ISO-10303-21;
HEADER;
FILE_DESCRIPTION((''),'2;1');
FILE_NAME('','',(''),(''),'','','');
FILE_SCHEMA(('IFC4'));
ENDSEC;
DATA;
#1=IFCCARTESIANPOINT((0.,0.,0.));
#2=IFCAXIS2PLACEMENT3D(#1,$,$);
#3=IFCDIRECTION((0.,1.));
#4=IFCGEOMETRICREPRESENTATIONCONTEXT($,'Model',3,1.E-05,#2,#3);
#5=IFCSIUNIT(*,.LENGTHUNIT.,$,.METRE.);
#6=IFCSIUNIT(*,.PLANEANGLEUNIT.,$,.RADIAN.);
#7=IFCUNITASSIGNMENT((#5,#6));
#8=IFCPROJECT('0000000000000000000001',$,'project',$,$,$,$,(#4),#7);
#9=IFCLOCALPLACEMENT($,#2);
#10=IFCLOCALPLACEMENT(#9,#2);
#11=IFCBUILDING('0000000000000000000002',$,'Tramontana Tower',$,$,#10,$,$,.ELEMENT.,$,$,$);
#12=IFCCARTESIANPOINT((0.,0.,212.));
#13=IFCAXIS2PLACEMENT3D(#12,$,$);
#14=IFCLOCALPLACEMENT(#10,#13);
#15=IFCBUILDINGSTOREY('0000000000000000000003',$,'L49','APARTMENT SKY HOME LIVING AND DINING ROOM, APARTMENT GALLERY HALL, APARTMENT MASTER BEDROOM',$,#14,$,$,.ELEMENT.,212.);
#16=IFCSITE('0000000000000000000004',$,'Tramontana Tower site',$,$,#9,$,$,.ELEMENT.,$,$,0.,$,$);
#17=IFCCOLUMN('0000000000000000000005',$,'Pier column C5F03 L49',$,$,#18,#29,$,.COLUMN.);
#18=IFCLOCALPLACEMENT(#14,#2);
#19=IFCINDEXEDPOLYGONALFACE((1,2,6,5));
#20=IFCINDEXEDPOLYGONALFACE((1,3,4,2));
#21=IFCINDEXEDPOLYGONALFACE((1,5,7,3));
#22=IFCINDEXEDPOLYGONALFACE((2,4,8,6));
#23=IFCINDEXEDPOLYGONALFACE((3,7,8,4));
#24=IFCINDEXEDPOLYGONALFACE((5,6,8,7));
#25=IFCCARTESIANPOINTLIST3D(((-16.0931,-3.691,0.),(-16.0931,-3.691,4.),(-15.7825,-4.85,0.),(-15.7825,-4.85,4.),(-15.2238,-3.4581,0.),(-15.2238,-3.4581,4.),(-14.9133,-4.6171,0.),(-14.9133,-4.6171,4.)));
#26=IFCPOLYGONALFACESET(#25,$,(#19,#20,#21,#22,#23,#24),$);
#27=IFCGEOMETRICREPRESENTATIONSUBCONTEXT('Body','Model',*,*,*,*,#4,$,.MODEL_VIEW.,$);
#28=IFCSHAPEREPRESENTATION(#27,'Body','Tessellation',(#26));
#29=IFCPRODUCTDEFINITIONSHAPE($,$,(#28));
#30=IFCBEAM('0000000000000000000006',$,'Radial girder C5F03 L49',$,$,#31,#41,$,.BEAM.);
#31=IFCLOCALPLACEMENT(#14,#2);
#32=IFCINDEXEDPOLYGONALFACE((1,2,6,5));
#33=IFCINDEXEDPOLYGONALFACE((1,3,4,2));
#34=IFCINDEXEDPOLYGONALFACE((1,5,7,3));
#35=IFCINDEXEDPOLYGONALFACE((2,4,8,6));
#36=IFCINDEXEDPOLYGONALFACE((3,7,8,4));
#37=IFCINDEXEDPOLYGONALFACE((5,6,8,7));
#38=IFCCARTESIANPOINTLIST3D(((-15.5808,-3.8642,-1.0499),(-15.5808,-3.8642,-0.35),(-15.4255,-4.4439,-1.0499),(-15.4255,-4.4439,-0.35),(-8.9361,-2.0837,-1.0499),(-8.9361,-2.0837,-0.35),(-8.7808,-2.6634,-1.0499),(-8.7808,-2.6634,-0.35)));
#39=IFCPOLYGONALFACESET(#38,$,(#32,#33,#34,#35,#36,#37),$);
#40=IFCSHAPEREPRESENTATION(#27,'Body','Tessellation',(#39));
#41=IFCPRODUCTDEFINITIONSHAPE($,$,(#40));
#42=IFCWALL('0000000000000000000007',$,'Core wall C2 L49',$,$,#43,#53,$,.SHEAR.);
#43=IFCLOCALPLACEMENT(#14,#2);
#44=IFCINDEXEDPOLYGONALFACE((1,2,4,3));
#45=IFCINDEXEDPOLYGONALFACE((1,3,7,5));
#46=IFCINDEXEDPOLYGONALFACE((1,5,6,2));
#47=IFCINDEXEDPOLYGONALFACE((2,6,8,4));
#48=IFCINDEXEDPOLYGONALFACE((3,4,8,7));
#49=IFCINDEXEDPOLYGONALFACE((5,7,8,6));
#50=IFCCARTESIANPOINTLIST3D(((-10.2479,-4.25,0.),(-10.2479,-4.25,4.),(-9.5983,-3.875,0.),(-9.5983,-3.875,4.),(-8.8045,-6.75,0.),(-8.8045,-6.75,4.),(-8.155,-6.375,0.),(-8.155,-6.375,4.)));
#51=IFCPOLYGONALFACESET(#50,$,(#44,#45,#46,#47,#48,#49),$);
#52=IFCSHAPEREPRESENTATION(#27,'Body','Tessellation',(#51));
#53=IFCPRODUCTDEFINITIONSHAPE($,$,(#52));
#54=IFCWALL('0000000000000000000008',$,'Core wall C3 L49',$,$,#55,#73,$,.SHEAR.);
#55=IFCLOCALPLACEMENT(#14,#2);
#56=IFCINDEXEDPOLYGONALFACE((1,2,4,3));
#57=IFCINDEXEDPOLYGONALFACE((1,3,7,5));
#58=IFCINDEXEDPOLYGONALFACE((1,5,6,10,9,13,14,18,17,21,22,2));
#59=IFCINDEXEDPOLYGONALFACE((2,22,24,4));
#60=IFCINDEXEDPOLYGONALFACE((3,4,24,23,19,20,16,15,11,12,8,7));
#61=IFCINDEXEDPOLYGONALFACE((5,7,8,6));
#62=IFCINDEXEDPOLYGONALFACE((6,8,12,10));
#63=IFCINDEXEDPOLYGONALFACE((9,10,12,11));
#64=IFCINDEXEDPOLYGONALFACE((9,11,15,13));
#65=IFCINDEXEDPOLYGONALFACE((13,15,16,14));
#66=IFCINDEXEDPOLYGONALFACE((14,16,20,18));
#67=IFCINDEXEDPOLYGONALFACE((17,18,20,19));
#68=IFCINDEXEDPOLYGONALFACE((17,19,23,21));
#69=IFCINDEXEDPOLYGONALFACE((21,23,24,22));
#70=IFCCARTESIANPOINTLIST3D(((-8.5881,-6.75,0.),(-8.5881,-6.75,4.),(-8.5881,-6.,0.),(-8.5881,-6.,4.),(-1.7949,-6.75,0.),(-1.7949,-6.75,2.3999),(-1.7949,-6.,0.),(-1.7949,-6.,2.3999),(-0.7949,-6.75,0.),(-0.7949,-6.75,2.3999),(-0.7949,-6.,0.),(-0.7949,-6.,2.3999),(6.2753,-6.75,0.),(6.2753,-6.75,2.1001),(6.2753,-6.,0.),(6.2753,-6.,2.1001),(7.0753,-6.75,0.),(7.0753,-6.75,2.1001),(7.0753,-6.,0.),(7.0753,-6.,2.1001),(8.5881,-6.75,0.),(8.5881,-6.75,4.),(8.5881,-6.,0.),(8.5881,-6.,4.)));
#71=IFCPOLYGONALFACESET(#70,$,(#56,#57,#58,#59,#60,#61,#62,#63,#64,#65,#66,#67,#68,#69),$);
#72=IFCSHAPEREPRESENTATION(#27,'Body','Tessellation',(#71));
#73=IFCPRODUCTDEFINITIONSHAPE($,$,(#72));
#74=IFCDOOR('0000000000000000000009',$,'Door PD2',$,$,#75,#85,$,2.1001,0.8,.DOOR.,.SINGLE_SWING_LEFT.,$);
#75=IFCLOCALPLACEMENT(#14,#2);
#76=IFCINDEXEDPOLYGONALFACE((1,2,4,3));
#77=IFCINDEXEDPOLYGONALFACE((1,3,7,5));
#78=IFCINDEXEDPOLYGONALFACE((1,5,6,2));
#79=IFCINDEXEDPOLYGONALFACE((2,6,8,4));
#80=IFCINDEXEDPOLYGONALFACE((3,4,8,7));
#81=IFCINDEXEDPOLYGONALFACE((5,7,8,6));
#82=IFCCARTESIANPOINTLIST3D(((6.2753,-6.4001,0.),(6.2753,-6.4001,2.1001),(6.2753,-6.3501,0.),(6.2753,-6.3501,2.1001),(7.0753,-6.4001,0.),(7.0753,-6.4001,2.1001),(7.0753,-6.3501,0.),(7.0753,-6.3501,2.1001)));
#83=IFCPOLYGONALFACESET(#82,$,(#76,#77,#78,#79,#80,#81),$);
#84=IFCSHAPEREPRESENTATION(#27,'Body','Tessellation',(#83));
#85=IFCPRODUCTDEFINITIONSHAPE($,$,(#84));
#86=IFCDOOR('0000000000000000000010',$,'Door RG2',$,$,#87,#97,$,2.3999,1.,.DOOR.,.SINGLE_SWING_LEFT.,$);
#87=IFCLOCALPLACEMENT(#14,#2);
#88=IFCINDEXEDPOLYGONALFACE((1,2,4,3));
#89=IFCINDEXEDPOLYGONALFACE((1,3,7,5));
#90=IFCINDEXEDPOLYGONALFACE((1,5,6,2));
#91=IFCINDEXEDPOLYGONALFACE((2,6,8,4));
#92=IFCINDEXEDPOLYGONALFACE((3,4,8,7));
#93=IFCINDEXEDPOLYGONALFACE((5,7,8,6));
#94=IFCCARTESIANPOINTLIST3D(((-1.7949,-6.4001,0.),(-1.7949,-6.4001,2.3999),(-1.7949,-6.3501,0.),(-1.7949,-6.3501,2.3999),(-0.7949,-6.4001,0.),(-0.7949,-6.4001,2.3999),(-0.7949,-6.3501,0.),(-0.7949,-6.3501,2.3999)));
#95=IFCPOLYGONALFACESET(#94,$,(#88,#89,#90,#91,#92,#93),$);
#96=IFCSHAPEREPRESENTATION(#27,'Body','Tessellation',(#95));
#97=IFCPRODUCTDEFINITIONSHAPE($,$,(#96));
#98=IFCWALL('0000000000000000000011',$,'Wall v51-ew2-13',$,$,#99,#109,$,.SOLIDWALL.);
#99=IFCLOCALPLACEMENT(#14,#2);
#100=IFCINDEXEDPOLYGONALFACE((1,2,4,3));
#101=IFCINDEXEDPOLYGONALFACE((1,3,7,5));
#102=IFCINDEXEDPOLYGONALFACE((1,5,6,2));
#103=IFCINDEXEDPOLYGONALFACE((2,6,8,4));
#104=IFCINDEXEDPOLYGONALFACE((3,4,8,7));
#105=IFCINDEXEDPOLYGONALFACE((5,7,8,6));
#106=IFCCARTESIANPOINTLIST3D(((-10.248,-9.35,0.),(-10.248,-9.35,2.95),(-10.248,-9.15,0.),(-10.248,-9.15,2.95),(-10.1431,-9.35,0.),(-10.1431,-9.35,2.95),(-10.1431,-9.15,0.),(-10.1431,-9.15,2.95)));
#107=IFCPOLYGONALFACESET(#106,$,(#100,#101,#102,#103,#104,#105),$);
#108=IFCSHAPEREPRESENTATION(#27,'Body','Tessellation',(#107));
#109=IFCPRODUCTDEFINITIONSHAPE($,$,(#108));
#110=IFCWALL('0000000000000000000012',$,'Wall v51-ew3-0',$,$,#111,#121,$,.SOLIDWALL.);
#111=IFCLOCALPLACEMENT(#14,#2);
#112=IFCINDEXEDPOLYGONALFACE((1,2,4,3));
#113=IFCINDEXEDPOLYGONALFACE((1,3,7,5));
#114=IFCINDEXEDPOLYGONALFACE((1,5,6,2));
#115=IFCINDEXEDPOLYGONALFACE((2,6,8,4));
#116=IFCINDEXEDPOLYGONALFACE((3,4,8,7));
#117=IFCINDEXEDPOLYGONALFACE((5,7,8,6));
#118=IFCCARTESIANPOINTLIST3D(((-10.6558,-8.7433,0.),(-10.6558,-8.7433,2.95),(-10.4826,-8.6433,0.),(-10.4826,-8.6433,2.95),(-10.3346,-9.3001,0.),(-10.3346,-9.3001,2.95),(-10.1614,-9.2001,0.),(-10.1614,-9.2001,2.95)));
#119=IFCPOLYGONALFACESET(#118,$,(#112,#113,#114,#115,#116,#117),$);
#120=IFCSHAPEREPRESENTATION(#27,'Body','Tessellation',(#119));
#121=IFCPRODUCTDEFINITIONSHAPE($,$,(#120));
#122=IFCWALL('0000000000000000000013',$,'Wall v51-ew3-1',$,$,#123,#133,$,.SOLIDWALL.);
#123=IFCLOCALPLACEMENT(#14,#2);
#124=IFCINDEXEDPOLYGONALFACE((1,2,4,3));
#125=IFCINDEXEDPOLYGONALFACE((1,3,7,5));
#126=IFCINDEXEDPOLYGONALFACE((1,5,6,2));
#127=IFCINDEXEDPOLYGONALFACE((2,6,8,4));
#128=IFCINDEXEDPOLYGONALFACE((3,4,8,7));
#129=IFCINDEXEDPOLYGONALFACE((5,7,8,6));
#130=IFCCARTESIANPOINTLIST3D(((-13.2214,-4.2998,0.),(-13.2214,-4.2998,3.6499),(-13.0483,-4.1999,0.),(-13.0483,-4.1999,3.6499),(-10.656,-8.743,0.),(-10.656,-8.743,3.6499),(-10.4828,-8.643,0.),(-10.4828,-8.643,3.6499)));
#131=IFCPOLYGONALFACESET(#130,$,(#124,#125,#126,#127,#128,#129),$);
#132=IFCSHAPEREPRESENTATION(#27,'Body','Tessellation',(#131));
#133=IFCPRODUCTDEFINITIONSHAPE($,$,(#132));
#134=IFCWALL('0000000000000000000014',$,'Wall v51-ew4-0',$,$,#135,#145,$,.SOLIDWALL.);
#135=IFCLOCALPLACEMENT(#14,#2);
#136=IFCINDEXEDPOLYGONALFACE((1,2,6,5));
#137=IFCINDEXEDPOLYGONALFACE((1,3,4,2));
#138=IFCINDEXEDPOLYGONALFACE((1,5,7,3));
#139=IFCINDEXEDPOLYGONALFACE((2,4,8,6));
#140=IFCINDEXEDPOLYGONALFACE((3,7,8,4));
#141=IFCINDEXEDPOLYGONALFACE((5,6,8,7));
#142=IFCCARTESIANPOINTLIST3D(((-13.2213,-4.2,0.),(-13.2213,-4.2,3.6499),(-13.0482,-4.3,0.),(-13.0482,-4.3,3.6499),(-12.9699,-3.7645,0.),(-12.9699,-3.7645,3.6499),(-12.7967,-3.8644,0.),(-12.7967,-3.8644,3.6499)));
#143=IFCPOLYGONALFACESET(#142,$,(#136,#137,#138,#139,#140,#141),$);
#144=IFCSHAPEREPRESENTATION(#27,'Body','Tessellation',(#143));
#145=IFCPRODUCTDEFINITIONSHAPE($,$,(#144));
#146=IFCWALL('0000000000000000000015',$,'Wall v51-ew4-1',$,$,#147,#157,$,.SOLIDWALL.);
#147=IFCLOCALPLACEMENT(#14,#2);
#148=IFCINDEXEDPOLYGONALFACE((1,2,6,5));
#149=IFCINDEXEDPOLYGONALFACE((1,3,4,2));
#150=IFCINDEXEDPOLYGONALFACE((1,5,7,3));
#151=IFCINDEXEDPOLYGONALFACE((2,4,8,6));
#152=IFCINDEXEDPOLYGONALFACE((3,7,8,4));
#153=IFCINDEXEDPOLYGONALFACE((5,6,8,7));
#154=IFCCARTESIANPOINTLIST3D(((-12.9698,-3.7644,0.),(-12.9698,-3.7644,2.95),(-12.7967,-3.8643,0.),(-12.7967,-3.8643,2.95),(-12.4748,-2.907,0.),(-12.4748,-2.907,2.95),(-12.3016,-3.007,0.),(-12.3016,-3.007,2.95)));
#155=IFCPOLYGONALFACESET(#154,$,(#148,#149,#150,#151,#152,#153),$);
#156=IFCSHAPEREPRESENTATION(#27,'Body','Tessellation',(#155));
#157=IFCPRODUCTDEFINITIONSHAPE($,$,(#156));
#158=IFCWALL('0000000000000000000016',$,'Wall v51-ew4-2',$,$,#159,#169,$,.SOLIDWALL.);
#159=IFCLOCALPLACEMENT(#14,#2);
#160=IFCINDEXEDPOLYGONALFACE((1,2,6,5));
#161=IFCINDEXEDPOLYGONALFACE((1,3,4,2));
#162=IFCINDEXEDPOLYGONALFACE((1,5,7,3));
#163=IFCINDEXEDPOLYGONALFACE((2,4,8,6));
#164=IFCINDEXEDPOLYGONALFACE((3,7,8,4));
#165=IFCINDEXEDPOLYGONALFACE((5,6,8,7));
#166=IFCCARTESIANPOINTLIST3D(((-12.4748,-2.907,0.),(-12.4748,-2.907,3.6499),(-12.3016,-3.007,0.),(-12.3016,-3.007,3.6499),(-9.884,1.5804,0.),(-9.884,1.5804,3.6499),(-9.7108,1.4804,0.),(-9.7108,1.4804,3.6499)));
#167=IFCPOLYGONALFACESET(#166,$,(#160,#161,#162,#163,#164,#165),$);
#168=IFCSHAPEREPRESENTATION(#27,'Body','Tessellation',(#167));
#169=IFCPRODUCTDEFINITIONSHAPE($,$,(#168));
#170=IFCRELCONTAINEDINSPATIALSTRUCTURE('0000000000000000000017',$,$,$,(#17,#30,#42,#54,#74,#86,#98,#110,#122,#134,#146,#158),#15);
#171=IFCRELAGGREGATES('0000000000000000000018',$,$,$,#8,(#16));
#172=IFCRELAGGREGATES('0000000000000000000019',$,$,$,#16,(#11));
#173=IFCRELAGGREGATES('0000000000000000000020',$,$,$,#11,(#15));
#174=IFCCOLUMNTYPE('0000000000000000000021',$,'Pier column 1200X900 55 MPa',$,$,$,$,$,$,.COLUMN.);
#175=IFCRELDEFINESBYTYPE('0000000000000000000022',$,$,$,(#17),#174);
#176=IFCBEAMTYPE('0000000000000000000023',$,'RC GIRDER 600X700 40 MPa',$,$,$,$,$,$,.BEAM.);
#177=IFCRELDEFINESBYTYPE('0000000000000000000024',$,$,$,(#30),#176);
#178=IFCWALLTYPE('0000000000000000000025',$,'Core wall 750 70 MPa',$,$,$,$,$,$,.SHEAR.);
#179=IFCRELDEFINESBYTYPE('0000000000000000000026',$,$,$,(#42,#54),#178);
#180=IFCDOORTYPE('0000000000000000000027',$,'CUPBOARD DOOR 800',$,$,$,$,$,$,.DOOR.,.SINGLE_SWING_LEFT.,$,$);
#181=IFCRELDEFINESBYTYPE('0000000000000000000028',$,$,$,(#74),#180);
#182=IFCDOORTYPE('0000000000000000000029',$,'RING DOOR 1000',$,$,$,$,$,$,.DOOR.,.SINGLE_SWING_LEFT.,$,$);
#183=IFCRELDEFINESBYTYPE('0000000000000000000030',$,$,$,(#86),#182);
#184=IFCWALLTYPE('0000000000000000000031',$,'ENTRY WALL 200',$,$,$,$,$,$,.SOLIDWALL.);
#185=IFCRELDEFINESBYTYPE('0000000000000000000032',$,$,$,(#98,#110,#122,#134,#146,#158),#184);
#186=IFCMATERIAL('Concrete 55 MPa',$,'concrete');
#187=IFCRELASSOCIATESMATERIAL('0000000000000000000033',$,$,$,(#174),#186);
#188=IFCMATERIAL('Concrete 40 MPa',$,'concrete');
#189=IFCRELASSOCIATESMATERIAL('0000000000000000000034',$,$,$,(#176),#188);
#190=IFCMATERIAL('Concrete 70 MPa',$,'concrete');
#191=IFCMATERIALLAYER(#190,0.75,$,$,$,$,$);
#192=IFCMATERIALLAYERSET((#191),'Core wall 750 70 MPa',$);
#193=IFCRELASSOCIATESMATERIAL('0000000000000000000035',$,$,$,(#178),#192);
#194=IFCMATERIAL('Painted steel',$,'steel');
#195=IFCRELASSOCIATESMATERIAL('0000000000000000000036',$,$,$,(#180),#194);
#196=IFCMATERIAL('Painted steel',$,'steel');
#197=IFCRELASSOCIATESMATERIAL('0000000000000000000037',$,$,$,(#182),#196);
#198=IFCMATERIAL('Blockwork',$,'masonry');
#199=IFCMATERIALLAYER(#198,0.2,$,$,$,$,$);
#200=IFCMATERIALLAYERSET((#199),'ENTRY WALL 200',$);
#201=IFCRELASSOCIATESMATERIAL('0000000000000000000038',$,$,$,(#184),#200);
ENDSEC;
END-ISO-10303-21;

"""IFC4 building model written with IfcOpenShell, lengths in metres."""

from ifc_helpers import new_model, si_unit, direction, frame, frame_2d, origin, origin_2d, place, context, subcontext, project, spatial, rectangle, extrude, material, layer, layer_set, material_profile, profile_set, type_object, element, fill, save


model = new_model("IFC4")

# Units and contexts
model_context = context("Model", 3, precision=1e-05, world=origin(), true_north=direction((0.0, 1.0)))
body_context = subcontext(model_context, "Body", "Model", "MODEL_VIEW")
ifc_project = project(units=[si_unit("LENGTHUNIT", "METRE"), si_unit("PLANEANGLEUNIT", "RADIAN")], contexts=[model_context])

# Site, building, storey
site_placement = place(None, origin())
site = spatial("IfcSite", under=ifc_project, at=site_placement, Name="Tramontana Tower site", CompositionType="ELEMENT", RefElevation=0.0)
building_placement = place(site_placement, origin())
building = spatial("IfcBuilding", under=site, at=building_placement, Name="Tramontana Tower", CompositionType="ELEMENT")
storey_placement = place(building_placement, frame((0.0, 0.0, 212.0)))
storey = spatial("IfcBuildingStorey", under=building, at=storey_placement, Name="L49", Description="APARTMENT SKY HOME LIVING AND DINING ROOM, APARTMENT GALLERY HALL, APARTMENT MASTER BEDROOM", CompositionType="ELEMENT", Elevation=212.0)

# Column
ifc_material_1 = material(Name="Concrete 55 MPa", Category="concrete")
ifc_material_profile_1 = material_profile(ifc_material_1, rectangle(XDim=1.2, YDim=0.8999, at=origin_2d()), Name="Pier column 1200X900 55 MPa")
ifc_profile_set_1 = profile_set([ifc_material_profile_1], Name="Concrete 55 MPa")
column_type = type_object("IfcColumnType", Name="Pier column 1200X900 55 MPa", PredefinedType="COLUMN", material=ifc_profile_set_1)
column_placement = place(storey_placement, frame((-15.5032, -4.1541, 0.0), z_axis=(0.0, 0.0, 1.0), x_axis=(0.258819, -0.965926, 0.0)))
element("IfcColumn", 1, at=column_placement, inside=storey, type_object=column_type, Name="Pier column C5F03 L49", PredefinedType="COLUMN", context=body_context, shape_type="SweptSolid", body=[
    extrude(rectangle(XDim=1.2, YDim=0.8999, at=origin_2d()), origin(), (0.0, 0.0, 1.0), 4.0),
])

# Beam
ifc_material_2 = material(Name="Concrete 40 MPa", Category="concrete")
ifc_material_profile_2 = material_profile(ifc_material_2, rectangle(XDim=0.6001, YDim=0.7, at=origin_2d()), Name="RC GIRDER 600X700 40 MPa")
ifc_profile_set_2 = profile_set([ifc_material_profile_2], Name="Concrete 40 MPa")
beam_type = type_object("IfcBeamType", Name="RC GIRDER 600X700 40 MPa", PredefinedType="BEAM", material=ifc_profile_set_2)
beam_placement = place(storey_placement, frame((-15.5032, -4.1541, -0.7), z_axis=(0.965924, 0.258827, 0.0), x_axis=(-0.258827, 0.965924, 0.0)))
element("IfcBeam", 2, at=beam_placement, inside=storey, type_object=beam_type, Name="Radial girder C5F03 L49", PredefinedType="BEAM", context=body_context, shape_type="SweptSolid", body=[
    extrude(rectangle(XDim=0.6001, YDim=0.7, at=origin_2d()), origin(), (0.0, 0.0, 1.0), 6.8792),
])

# Wall
ifc_material_3 = material(Name="Concrete 70 MPa", Category="concrete")
ifc_layer_1 = layer(ifc_material_3, 0.75)
ifc_layer_set_1 = layer_set([ifc_layer_1], Name="Core wall 750 70 MPa")
wall_type_1 = type_object("IfcWallType", Name="Core wall 750 70 MPa", PredefinedType="SHEAR", material=ifc_layer_set_1)
wall_1_placement = place(storey_placement, frame((-9.9231, -4.0625, 0.0), z_axis=(0.0, 0.0, 1.0), x_axis=(0.499996, -0.866028, 0.0)))
element("IfcWall", 3, at=wall_1_placement, inside=storey, type_object=wall_type_1, Name="Core wall C2 L49", PredefinedType="SHEAR", context=body_context, shape_type="SweptSolid", body=[
    extrude(rectangle(XDim=2.8867, YDim=0.75, at=frame_2d((1.4434, 0.0))), origin(), (0.0, 0.0, 1.0), 4.0),
])

# Wall, openings, doors
wall_2_placement = place(storey_placement, frame((-8.5881, -6.375, 0.0), z_axis=(0.0, 0.0, 1.0), x_axis=(1.0, 0.0, 0.0)))
wall_2 = element("IfcWall", 4, at=wall_2_placement, inside=storey, type_object=wall_type_1, Name="Core wall C3 L49", PredefinedType="SHEAR", context=body_context, shape_type="SweptSolid", body=[
    extrude(rectangle(XDim=17.1763, YDim=0.75, at=frame_2d((8.5881, 0.0))), origin(), (0.0, 0.0, 1.0), 4.0),
])
opening_1_placement = place(wall_2_placement, frame((6.7932, 0.0, 0.0)))
opening_1 = element("IfcOpeningElement", 5, at=opening_1_placement, cuts=wall_2, PredefinedType="OPENING", context=body_context, shape_type="SweptSolid", body=[
    extrude(rectangle(XDim=1.0, YDim=2.3999, at=frame_2d((0.5, 1.2))), frame((0.0, 0.385, 0.0), z_axis=(0.0, -1.0, 0.0), x_axis=(1.0, 0.0, 0.0)), (0.0, 0.0, 1.0), 0.77),
])
opening_2_placement = place(wall_2_placement, frame((14.8635, 0.0, 0.0)))
opening_2 = element("IfcOpeningElement", 6, at=opening_2_placement, cuts=wall_2, PredefinedType="OPENING", context=body_context, shape_type="SweptSolid", body=[
    extrude(rectangle(XDim=0.8, YDim=2.1001, at=frame_2d((0.3999, 1.05))), frame((0.0, 0.385, 0.0), z_axis=(0.0, -1.0, 0.0), x_axis=(1.0, 0.0, 0.0)), (0.0, 0.0, 1.0), 0.77),
])
ifc_material_4 = material(Name="Painted steel", Category="steel")
door_type_1 = type_object("IfcDoorType", Name="CUPBOARD DOOR 800", OperationType="SINGLE_SWING_LEFT", PredefinedType="DOOR", material=ifc_material_4)
door_1_placement = place(opening_2_placement, origin())
door_1 = element("IfcDoor", 7, at=door_1_placement, inside=storey, type_object=door_type_1, Name="Door PD2", OperationType="SINGLE_SWING_LEFT", OverallHeight=2.1001, OverallWidth=0.8, PredefinedType="DOOR", context=body_context, shape_type="SweptSolid", body=[
    extrude(rectangle(XDim=0.8, YDim=2.1001, at=frame_2d((0.3999, 1.05))), frame((0.0, 0.0249, 0.0), z_axis=(0.0, -1.0, 0.0), x_axis=(1.0, 0.0, 0.0)), (0.0, 0.0, 1.0), 0.05),
])
fill(opening_2, door_1)
ifc_material_5 = material(Name="Painted steel", Category="steel")
door_type_2 = type_object("IfcDoorType", Name="RING DOOR 1000", OperationType="SINGLE_SWING_LEFT", PredefinedType="DOOR", material=ifc_material_5)
door_2_placement = place(opening_1_placement, origin())
door_2 = element("IfcDoor", 8, at=door_2_placement, inside=storey, type_object=door_type_2, Name="Door RG2", OperationType="SINGLE_SWING_LEFT", OverallHeight=2.3999, OverallWidth=1.0, PredefinedType="DOOR", context=body_context, shape_type="SweptSolid", body=[
    extrude(rectangle(XDim=1.0, YDim=2.3999, at=frame_2d((0.5, 1.2))), frame((0.0, 0.0249, 0.0), z_axis=(0.0, -1.0, 0.0), x_axis=(1.0, 0.0, 0.0)), (0.0, 0.0, 1.0), 0.05),
])
fill(opening_1, door_2)

# Walls
ifc_material_6 = material(Name="Blockwork", Category="masonry")
ifc_layer_2 = layer(ifc_material_6, 0.2)
ifc_layer_set_2 = layer_set([ifc_layer_2], Name="ENTRY WALL 200")
wall_type_2 = type_object("IfcWallType", Name="ENTRY WALL 200", PredefinedType="SOLIDWALL", material=ifc_layer_set_2)
wall_3_placement = place(storey_placement, frame((-10.1431, -9.25, 0.0), z_axis=(0.0, 0.0, 1.0), x_axis=(-1.0, 0.0, 0.0)))
element("IfcWall", 9, at=wall_3_placement, inside=storey, type_object=wall_type_2, Name="Wall v51-ew2-13", PredefinedType="SOLIDWALL", context=body_context, shape_type="SweptSolid", body=[
    extrude(rectangle(XDim=0.105, YDim=0.2, at=frame_2d((0.0525, 0.0))), origin(), (0.0, 0.0, 1.0), 2.95),
])
wall_4_placement = place(storey_placement, frame((-10.248, -9.25, 0.0), z_axis=(0.0, 0.0, 1.0), x_axis=(-0.499733, 0.866179, 0.0)))
element("IfcWall", 10, at=wall_4_placement, inside=storey, type_object=wall_type_2, Name="Wall v51-ew3-0", PredefinedType="SOLIDWALL", context=body_context, shape_type="SweptSolid", body=[
    extrude(rectangle(XDim=0.6428, YDim=0.2, at=frame_2d((0.3213, 0.0))), origin(), (0.0, 0.0, 1.0), 2.95),
])
wall_5_placement = place(storey_placement, frame((-10.5693, -8.6931, 0.0), z_axis=(0.0, 0.0, 1.0), x_axis=(-0.500029, 0.866009, 0.0)))
element("IfcWall", 11, at=wall_5_placement, inside=storey, type_object=wall_type_2, Name="Wall v51-ew3-1", PredefinedType="SOLIDWALL", context=body_context, shape_type="SweptSolid", body=[
    extrude(rectangle(XDim=5.1306, YDim=0.2, at=frame_2d((2.5654, 0.0))), origin(), (0.0, 0.0, 1.0), 3.6499),
])
wall_6_placement = place(storey_placement, frame((-13.1348, -4.25, 0.0), z_axis=(0.0, 0.0, 1.0), x_axis=(0.500003, 0.866024, 0.0)))
element("IfcWall", 12, at=wall_6_placement, inside=storey, type_object=wall_type_2, Name="Wall v51-ew4-0", PredefinedType="SOLIDWALL", context=body_context, shape_type="SweptSolid", body=[
    extrude(rectangle(XDim=0.5029, YDim=0.2, at=frame_2d((0.2515, 0.0))), origin(), (0.0, 0.0, 1.0), 3.6499),
])
wall_7_placement = place(storey_placement, frame((-12.8833, -3.8145, 0.0), z_axis=(0.0, 0.0, 1.0), x_axis=(0.500064, 0.865988, 0.0)))
element("IfcWall", 13, at=wall_7_placement, inside=storey, type_object=wall_type_2, Name="Wall v51-ew4-1", PredefinedType="SOLIDWALL", context=body_context, shape_type="SweptSolid", body=[
    extrude(rectangle(XDim=0.99, YDim=0.2, at=frame_2d((0.4951, 0.0))), origin(), (0.0, 0.0, 1.0), 2.95),
])
wall_8_placement = place(storey_placement, frame((-12.3882, -2.957, 0.0), z_axis=(0.0, 0.0, 1.0), x_axis=(0.49999, 0.866031, 0.0)))
element("IfcWall", 14, at=wall_8_placement, inside=storey, type_object=wall_type_2, Name="Wall v51-ew4-2", PredefinedType="SOLIDWALL", context=body_context, shape_type="SweptSolid", body=[
    extrude(rectangle(XDim=5.1816, YDim=0.2, at=frame_2d((2.5908, 0.0))), origin(), (0.0, 0.0, 1.0), 3.6499),
])

save(model, "model.ifc")
